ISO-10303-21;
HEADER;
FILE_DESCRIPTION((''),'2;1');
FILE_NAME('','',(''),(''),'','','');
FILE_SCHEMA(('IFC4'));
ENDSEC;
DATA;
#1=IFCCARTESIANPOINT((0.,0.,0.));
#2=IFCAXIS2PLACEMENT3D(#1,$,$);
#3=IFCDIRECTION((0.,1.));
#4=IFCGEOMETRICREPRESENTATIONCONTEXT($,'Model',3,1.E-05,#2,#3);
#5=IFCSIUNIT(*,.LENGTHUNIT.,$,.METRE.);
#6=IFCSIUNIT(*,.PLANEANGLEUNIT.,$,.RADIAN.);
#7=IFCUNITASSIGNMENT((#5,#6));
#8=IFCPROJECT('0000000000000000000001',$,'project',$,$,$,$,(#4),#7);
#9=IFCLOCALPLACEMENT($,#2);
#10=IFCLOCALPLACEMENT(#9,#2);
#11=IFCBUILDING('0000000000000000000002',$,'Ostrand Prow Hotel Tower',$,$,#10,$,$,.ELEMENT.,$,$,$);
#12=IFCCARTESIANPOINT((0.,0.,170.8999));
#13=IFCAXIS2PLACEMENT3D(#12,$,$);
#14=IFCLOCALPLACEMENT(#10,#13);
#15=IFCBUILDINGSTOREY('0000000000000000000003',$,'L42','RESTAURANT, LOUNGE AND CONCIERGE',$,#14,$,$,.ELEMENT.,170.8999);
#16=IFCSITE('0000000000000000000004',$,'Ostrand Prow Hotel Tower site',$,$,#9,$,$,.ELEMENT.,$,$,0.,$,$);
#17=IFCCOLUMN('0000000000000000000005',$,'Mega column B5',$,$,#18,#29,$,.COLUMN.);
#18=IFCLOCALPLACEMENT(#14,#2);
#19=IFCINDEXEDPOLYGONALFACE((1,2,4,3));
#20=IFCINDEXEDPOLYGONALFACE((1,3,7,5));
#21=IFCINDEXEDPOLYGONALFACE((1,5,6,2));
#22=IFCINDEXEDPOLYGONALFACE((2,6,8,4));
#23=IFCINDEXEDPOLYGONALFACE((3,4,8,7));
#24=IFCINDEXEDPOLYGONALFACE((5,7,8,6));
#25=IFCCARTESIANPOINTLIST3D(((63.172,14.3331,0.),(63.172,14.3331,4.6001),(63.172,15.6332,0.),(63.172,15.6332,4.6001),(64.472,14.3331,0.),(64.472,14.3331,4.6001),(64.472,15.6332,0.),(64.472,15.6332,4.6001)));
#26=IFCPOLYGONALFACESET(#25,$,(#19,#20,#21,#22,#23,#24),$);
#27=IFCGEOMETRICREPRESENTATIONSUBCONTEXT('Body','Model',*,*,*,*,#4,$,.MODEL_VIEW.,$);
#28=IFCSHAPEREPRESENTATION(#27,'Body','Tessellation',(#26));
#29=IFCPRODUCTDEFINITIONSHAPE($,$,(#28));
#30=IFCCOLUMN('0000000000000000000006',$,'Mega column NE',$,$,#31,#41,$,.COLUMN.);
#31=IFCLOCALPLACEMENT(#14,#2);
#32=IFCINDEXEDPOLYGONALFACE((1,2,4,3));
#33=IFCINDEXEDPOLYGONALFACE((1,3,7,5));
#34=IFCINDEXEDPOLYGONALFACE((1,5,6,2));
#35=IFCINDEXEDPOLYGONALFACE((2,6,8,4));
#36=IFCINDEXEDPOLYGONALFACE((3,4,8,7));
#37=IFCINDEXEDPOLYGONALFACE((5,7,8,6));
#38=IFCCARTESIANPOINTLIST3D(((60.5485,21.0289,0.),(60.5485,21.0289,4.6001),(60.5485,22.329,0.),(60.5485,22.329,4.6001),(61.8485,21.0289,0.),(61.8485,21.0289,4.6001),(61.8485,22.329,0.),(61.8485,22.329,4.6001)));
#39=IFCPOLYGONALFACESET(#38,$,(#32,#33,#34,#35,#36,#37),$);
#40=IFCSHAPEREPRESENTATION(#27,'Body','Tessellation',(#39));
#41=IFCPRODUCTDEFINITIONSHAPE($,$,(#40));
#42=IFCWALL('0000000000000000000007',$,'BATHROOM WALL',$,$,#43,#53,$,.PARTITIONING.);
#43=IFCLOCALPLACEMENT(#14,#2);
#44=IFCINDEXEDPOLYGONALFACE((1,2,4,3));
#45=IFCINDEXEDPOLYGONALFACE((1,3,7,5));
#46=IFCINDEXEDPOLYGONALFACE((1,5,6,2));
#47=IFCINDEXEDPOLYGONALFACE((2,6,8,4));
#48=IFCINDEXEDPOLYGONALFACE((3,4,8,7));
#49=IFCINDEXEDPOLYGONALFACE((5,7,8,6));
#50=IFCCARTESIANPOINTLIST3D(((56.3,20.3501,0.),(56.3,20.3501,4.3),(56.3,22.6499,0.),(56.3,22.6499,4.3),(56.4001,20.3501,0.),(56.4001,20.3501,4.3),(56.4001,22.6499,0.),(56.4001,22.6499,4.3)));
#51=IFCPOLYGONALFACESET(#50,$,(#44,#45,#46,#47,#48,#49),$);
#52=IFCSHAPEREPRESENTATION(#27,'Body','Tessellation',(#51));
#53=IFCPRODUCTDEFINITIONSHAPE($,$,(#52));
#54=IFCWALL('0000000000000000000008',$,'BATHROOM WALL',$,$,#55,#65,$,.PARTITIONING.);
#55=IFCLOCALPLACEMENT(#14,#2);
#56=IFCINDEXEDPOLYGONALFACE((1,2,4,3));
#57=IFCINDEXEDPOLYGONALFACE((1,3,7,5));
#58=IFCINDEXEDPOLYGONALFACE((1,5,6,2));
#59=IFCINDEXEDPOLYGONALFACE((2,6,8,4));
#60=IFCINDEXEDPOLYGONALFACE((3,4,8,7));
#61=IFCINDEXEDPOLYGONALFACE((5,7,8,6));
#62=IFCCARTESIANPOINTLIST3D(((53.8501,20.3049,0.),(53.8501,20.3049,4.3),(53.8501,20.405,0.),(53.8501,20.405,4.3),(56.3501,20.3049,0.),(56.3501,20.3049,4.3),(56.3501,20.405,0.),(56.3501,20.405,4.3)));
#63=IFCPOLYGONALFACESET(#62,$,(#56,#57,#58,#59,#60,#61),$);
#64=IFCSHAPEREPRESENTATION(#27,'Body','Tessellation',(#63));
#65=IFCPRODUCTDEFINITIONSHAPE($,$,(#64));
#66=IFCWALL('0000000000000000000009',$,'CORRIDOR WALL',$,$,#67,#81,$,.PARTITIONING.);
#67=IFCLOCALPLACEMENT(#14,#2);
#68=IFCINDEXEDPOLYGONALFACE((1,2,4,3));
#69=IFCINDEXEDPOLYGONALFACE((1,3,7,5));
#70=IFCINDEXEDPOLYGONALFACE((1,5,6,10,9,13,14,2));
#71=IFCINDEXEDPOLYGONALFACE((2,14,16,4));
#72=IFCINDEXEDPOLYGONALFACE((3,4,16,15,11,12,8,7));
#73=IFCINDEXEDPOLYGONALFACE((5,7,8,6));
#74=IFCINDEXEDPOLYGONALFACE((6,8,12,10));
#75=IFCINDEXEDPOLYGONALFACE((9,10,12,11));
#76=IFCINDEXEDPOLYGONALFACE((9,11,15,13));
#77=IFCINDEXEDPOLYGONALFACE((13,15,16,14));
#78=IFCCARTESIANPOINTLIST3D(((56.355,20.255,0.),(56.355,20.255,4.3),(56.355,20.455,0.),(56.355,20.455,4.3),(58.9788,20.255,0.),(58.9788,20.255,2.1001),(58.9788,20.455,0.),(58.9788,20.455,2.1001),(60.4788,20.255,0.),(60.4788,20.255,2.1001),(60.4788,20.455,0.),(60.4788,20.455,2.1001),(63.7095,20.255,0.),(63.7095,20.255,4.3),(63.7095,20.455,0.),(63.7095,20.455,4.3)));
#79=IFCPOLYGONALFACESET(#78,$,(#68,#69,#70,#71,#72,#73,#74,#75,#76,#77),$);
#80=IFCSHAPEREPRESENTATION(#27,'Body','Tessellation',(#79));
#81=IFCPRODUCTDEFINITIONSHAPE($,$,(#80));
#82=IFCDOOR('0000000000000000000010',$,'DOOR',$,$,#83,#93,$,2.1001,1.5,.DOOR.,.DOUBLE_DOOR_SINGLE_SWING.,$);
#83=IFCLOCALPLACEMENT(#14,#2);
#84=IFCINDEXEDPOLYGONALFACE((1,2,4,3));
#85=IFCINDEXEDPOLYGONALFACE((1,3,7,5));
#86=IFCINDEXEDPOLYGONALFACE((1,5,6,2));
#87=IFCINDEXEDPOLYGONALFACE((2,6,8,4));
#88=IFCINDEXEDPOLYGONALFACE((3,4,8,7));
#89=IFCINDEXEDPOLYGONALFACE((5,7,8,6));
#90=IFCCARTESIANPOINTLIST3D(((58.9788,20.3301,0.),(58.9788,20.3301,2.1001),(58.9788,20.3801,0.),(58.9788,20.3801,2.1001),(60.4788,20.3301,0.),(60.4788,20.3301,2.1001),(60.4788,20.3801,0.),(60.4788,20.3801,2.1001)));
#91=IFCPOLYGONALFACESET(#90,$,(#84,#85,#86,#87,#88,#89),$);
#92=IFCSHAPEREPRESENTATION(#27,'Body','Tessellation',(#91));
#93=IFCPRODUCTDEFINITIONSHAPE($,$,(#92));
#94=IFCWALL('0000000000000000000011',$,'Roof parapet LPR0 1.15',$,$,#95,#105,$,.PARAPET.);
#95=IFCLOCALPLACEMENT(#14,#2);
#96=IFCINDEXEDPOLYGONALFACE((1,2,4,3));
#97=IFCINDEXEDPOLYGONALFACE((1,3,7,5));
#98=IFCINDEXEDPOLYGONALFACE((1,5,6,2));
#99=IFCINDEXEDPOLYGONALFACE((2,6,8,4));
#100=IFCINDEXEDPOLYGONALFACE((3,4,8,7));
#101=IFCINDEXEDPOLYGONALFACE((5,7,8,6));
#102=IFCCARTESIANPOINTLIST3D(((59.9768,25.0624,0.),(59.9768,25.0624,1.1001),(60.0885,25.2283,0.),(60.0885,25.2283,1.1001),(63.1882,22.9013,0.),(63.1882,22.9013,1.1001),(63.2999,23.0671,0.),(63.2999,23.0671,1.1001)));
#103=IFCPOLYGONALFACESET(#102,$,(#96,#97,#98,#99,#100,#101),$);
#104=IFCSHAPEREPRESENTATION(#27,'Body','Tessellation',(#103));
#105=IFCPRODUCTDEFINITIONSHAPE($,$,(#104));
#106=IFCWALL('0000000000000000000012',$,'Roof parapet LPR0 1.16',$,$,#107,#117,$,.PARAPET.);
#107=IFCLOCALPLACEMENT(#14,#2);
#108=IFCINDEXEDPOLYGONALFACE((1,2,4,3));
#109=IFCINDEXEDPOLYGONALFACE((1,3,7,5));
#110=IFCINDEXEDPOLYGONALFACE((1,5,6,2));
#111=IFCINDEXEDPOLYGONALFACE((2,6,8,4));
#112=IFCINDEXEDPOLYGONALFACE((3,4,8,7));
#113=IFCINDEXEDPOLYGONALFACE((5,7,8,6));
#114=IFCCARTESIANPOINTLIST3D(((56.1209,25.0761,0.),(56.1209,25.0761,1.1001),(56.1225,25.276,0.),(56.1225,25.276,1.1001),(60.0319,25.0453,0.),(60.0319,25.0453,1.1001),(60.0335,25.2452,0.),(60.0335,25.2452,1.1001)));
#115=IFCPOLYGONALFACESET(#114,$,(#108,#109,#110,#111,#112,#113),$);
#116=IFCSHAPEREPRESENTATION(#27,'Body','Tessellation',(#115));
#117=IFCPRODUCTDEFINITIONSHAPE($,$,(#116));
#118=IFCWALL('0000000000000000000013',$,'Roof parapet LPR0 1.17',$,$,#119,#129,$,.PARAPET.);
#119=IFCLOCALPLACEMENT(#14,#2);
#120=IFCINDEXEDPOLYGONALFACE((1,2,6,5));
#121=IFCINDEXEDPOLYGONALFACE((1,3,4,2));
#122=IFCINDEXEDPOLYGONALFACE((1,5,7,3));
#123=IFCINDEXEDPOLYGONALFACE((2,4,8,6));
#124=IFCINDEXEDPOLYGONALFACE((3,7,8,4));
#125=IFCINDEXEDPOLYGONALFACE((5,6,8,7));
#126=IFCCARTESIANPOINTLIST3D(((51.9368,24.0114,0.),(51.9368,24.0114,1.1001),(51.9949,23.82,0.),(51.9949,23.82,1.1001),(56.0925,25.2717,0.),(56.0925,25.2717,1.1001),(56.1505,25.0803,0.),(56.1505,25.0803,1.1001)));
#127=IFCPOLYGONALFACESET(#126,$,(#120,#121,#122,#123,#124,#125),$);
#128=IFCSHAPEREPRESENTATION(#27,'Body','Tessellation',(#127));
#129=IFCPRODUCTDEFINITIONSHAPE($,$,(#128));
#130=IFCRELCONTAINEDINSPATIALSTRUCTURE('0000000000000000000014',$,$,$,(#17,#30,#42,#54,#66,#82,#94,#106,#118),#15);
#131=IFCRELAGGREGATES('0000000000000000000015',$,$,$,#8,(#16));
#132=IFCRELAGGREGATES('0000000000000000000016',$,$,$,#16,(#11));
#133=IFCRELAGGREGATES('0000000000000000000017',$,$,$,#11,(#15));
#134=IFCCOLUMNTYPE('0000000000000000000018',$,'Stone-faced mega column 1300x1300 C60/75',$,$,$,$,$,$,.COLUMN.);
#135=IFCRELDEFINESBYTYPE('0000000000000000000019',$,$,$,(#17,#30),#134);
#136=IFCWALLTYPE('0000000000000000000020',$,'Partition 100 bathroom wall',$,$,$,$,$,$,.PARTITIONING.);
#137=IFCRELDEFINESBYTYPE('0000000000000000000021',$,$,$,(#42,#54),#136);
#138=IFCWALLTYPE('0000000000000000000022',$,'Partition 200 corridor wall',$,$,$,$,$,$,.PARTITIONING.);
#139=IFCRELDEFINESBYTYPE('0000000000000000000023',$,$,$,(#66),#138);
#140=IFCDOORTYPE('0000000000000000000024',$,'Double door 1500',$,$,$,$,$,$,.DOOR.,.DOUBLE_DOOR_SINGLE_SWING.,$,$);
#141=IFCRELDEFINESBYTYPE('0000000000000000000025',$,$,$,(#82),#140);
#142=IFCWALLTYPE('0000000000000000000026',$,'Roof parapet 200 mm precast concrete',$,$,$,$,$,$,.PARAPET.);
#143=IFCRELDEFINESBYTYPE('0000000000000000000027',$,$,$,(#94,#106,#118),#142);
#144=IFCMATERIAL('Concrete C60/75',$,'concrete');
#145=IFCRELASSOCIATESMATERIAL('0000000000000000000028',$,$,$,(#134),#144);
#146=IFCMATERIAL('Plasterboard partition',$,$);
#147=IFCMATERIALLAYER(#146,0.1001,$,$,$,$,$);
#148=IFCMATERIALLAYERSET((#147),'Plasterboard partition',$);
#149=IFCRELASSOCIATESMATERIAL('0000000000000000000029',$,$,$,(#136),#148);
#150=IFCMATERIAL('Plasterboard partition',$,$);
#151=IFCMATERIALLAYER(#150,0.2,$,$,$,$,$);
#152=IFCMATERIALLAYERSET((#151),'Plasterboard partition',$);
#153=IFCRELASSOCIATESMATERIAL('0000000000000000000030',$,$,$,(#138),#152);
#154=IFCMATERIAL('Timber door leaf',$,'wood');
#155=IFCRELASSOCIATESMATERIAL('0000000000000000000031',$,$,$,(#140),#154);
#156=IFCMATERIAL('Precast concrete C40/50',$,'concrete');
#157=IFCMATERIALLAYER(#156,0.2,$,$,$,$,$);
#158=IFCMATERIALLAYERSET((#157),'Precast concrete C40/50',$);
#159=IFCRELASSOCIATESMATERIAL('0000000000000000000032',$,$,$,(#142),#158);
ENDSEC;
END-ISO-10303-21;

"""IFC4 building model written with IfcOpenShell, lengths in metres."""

from ifc_helpers import new_model, si_unit, direction, frame, frame_2d, origin, origin_2d, place, context, subcontext, project, spatial, rectangle, extrude, material, layer, layer_set, material_profile, profile_set, type_object, element, fill, save


model = new_model("IFC4")

# Units and contexts
model_context = context("Model", 3, precision=1e-05, world=origin(), true_north=direction((0.0, 1.0)))
body_context = subcontext(model_context, "Body", "Model", "MODEL_VIEW")
ifc_project = project(units=[si_unit("LENGTHUNIT", "METRE"), si_unit("PLANEANGLEUNIT", "RADIAN")], contexts=[model_context])

# Site, building, storey
site_placement = place(None, origin())
site = spatial("IfcSite", under=ifc_project, at=site_placement, Name="Ostrand Prow Hotel Tower site", CompositionType="ELEMENT", RefElevation=0.0)
building_placement = place(site_placement, origin())
building = spatial("IfcBuilding", under=site, at=building_placement, Name="Ostrand Prow Hotel Tower", CompositionType="ELEMENT")
storey_placement = place(building_placement, frame((0.0, 0.0, 170.8999)))
storey = spatial("IfcBuildingStorey", under=building, at=storey_placement, Name="L42", Description="RESTAURANT, LOUNGE AND CONCIERGE", CompositionType="ELEMENT", Elevation=170.8999)

# Columns
ifc_material_1 = material(Name="Concrete C60/75", Category="concrete")
ifc_material_profile = material_profile(ifc_material_1, rectangle(XDim=1.3, YDim=1.3, at=origin_2d()), Name="RC 1300x1300")
ifc_profile_set = profile_set([ifc_material_profile], Name="Concrete C60/75")
column_type = type_object("IfcColumnType", Name="Stone-faced mega column 1300x1300 C60/75", PredefinedType="COLUMN", material=ifc_profile_set)
for number, where, z_axis, x_axis, name in (
    (1, (63.822, 14.9832, 0.0), (0.0, 0.0, 1.0), (1.0, 0.0, 0.0), "Mega column B5"),
    (2, (61.1985, 21.679, 0.0), (0.0, 0.0, 1.0), (1.0, 0.0, 0.0), "Mega column NE"),
):
    element("IfcColumn", number, at=place(storey_placement, frame(where, z_axis=z_axis, x_axis=x_axis)), inside=storey, type_object=column_type, Name=name, PredefinedType="COLUMN", context=body_context, shape_type="SweptSolid", body=[
        extrude(rectangle(XDim=1.3, YDim=1.3, at=origin_2d()), origin(), (0.0, 0.0, 1.0), 4.6001),
    ])

# Walls
ifc_material_2 = material(Name="Plasterboard partition")
ifc_layer_1 = layer(ifc_material_2, 0.1001)
ifc_layer_set_1 = layer_set([ifc_layer_1], Name="Plasterboard partition")
wall_type_1 = type_object("IfcWallType", Name="Partition 100 bathroom wall", PredefinedType="PARTITIONING", material=ifc_layer_set_1)
wall_1_placement = place(storey_placement, frame((56.3501, 22.6499, 0.0), z_axis=(0.0, 0.0, 1.0), x_axis=(0.0, -1.0, 0.0)))
element("IfcWall", 3, at=wall_1_placement, inside=storey, type_object=wall_type_1, Name="BATHROOM WALL", PredefinedType="PARTITIONING", context=body_context, shape_type="SweptSolid", body=[
    extrude(rectangle(XDim=2.2998, YDim=0.1001, at=frame_2d((1.1499, 0.0))), origin(), (0.0, 0.0, 1.0), 4.3),
])
wall_2_placement = place(storey_placement, frame((56.3501, 20.355, 0.0), z_axis=(0.0, 0.0, 1.0), x_axis=(-1.0, 0.0, 0.0)))
element("IfcWall", 4, at=wall_2_placement, inside=storey, type_object=wall_type_1, Name="BATHROOM WALL", PredefinedType="PARTITIONING", context=body_context, shape_type="SweptSolid", body=[
    extrude(rectangle(XDim=2.5, YDim=0.1001, at=frame_2d((1.25, 0.0))), origin(), (0.0, 0.0, 1.0), 4.3),
])

# Wall, opening, door
ifc_material_3 = material(Name="Plasterboard partition")
ifc_layer_2 = layer(ifc_material_3, 0.2)
ifc_layer_set_2 = layer_set([ifc_layer_2], Name="Plasterboard partition")
wall_type_2 = type_object("IfcWallType", Name="Partition 200 corridor wall", PredefinedType="PARTITIONING", material=ifc_layer_set_2)
wall_3_placement = place(storey_placement, frame((63.7095, 20.355, 0.0), z_axis=(0.0, 0.0, 1.0), x_axis=(-1.0, 0.0, 0.0)))
wall_3 = element("IfcWall", 5, at=wall_3_placement, inside=storey, type_object=wall_type_2, Name="CORRIDOR WALL", PredefinedType="PARTITIONING", context=body_context, shape_type="SweptSolid", body=[
    extrude(rectangle(XDim=7.3545, YDim=0.2, at=frame_2d((3.6772, 0.0))), origin(), (0.0, 0.0, 1.0), 4.3),
])
opening_1_placement = place(wall_3_placement, frame((3.2307, 0.0, 0.0)))
opening_1 = element("IfcOpeningElement", 6, at=opening_1_placement, cuts=wall_3, PredefinedType="OPENING", context=body_context, shape_type="SweptSolid", body=[
    extrude(rectangle(XDim=1.5, YDim=2.1001, at=frame_2d((0.75, 1.05))), frame((0.0, 0.1099, 0.0), z_axis=(0.0, -1.0, 0.0), x_axis=(1.0, 0.0, 0.0)), (0.0, 0.0, 1.0), 0.22),
])
ifc_material_4 = material(Name="Timber door leaf", Category="wood")
door_type = type_object("IfcDoorType", Name="Double door 1500", OperationType="DOUBLE_DOOR_SINGLE_SWING", PredefinedType="DOOR", material=ifc_material_4)
door_placement = place(opening_1_placement, origin())
door = element("IfcDoor", 7, at=door_placement, inside=storey, type_object=door_type, Name="DOOR", OperationType="DOUBLE_DOOR_SINGLE_SWING", OverallHeight=2.1001, OverallWidth=1.5, PredefinedType="DOOR", context=body_context, shape_type="SweptSolid", body=[
    extrude(rectangle(XDim=1.5, YDim=2.1001, at=frame_2d((0.75, 1.05))), frame((0.0, 0.0249, 0.0), z_axis=(0.0, -1.0, 0.0), x_axis=(1.0, 0.0, 0.0)), (0.0, 0.0, 1.0), 0.05),
])
fill(opening_1, door)

# Walls
ifc_material_5 = material(Name="Precast concrete C40/50", Category="concrete")
ifc_layer_3 = layer(ifc_material_5, 0.2)
ifc_layer_set_3 = layer_set([ifc_layer_3], Name="Precast concrete C40/50")
wall_type_3 = type_object("IfcWallType", Name="Roof parapet 200 mm precast concrete", PredefinedType="PARAPET", material=ifc_layer_set_3)
wall_4_placement = place(storey_placement, frame((63.2441, 22.9841, 0.0), z_axis=(0.0, 0.0, 1.0), x_axis=(-0.829636, 0.558305, 0.0)))
element("IfcWall", 8, at=wall_4_placement, inside=storey, type_object=wall_type_3, Name="Roof parapet LPR0 1.15", PredefinedType="PARAPET", context=body_context, shape_type="SweptSolid", body=[
    extrude(rectangle(XDim=3.8708, YDim=0.2, at=frame_2d((1.9355, 0.0))), origin(), (0.0, 0.0, 1.0), 1.1001),
])
wall_5_placement = place(storey_placement, frame((60.0327, 25.1453, 0.0), z_axis=(0.0, 0.0, 1.0), x_axis=(-0.999969, 0.007865, 0.0)))
element("IfcWall", 9, at=wall_5_placement, inside=storey, type_object=wall_type_3, Name="Roof parapet LPR0 1.16", PredefinedType="PARAPET", context=body_context, shape_type="SweptSolid", body=[
    extrude(rectangle(XDim=3.9111, YDim=0.2, at=frame_2d((1.9556, 0.0))), origin(), (0.0, 0.0, 1.0), 1.1001),
])
wall_6_placement = place(storey_placement, frame((56.1216, 25.176, 0.0), z_axis=(0.0, 0.0, 1.0), x_axis=(-0.95696, -0.29022, 0.0)))
element("IfcWall", 10, at=wall_6_placement, inside=storey, type_object=wall_type_3, Name="Roof parapet LPR0 1.17", PredefinedType="PARAPET", context=body_context, shape_type="SweptSolid", body=[
    extrude(rectangle(XDim=4.3425, YDim=0.2, at=frame_2d((2.1714, 0.0))), origin(), (0.0, 0.0, 1.0), 1.1001),
])

save(model, "model.ifc")
